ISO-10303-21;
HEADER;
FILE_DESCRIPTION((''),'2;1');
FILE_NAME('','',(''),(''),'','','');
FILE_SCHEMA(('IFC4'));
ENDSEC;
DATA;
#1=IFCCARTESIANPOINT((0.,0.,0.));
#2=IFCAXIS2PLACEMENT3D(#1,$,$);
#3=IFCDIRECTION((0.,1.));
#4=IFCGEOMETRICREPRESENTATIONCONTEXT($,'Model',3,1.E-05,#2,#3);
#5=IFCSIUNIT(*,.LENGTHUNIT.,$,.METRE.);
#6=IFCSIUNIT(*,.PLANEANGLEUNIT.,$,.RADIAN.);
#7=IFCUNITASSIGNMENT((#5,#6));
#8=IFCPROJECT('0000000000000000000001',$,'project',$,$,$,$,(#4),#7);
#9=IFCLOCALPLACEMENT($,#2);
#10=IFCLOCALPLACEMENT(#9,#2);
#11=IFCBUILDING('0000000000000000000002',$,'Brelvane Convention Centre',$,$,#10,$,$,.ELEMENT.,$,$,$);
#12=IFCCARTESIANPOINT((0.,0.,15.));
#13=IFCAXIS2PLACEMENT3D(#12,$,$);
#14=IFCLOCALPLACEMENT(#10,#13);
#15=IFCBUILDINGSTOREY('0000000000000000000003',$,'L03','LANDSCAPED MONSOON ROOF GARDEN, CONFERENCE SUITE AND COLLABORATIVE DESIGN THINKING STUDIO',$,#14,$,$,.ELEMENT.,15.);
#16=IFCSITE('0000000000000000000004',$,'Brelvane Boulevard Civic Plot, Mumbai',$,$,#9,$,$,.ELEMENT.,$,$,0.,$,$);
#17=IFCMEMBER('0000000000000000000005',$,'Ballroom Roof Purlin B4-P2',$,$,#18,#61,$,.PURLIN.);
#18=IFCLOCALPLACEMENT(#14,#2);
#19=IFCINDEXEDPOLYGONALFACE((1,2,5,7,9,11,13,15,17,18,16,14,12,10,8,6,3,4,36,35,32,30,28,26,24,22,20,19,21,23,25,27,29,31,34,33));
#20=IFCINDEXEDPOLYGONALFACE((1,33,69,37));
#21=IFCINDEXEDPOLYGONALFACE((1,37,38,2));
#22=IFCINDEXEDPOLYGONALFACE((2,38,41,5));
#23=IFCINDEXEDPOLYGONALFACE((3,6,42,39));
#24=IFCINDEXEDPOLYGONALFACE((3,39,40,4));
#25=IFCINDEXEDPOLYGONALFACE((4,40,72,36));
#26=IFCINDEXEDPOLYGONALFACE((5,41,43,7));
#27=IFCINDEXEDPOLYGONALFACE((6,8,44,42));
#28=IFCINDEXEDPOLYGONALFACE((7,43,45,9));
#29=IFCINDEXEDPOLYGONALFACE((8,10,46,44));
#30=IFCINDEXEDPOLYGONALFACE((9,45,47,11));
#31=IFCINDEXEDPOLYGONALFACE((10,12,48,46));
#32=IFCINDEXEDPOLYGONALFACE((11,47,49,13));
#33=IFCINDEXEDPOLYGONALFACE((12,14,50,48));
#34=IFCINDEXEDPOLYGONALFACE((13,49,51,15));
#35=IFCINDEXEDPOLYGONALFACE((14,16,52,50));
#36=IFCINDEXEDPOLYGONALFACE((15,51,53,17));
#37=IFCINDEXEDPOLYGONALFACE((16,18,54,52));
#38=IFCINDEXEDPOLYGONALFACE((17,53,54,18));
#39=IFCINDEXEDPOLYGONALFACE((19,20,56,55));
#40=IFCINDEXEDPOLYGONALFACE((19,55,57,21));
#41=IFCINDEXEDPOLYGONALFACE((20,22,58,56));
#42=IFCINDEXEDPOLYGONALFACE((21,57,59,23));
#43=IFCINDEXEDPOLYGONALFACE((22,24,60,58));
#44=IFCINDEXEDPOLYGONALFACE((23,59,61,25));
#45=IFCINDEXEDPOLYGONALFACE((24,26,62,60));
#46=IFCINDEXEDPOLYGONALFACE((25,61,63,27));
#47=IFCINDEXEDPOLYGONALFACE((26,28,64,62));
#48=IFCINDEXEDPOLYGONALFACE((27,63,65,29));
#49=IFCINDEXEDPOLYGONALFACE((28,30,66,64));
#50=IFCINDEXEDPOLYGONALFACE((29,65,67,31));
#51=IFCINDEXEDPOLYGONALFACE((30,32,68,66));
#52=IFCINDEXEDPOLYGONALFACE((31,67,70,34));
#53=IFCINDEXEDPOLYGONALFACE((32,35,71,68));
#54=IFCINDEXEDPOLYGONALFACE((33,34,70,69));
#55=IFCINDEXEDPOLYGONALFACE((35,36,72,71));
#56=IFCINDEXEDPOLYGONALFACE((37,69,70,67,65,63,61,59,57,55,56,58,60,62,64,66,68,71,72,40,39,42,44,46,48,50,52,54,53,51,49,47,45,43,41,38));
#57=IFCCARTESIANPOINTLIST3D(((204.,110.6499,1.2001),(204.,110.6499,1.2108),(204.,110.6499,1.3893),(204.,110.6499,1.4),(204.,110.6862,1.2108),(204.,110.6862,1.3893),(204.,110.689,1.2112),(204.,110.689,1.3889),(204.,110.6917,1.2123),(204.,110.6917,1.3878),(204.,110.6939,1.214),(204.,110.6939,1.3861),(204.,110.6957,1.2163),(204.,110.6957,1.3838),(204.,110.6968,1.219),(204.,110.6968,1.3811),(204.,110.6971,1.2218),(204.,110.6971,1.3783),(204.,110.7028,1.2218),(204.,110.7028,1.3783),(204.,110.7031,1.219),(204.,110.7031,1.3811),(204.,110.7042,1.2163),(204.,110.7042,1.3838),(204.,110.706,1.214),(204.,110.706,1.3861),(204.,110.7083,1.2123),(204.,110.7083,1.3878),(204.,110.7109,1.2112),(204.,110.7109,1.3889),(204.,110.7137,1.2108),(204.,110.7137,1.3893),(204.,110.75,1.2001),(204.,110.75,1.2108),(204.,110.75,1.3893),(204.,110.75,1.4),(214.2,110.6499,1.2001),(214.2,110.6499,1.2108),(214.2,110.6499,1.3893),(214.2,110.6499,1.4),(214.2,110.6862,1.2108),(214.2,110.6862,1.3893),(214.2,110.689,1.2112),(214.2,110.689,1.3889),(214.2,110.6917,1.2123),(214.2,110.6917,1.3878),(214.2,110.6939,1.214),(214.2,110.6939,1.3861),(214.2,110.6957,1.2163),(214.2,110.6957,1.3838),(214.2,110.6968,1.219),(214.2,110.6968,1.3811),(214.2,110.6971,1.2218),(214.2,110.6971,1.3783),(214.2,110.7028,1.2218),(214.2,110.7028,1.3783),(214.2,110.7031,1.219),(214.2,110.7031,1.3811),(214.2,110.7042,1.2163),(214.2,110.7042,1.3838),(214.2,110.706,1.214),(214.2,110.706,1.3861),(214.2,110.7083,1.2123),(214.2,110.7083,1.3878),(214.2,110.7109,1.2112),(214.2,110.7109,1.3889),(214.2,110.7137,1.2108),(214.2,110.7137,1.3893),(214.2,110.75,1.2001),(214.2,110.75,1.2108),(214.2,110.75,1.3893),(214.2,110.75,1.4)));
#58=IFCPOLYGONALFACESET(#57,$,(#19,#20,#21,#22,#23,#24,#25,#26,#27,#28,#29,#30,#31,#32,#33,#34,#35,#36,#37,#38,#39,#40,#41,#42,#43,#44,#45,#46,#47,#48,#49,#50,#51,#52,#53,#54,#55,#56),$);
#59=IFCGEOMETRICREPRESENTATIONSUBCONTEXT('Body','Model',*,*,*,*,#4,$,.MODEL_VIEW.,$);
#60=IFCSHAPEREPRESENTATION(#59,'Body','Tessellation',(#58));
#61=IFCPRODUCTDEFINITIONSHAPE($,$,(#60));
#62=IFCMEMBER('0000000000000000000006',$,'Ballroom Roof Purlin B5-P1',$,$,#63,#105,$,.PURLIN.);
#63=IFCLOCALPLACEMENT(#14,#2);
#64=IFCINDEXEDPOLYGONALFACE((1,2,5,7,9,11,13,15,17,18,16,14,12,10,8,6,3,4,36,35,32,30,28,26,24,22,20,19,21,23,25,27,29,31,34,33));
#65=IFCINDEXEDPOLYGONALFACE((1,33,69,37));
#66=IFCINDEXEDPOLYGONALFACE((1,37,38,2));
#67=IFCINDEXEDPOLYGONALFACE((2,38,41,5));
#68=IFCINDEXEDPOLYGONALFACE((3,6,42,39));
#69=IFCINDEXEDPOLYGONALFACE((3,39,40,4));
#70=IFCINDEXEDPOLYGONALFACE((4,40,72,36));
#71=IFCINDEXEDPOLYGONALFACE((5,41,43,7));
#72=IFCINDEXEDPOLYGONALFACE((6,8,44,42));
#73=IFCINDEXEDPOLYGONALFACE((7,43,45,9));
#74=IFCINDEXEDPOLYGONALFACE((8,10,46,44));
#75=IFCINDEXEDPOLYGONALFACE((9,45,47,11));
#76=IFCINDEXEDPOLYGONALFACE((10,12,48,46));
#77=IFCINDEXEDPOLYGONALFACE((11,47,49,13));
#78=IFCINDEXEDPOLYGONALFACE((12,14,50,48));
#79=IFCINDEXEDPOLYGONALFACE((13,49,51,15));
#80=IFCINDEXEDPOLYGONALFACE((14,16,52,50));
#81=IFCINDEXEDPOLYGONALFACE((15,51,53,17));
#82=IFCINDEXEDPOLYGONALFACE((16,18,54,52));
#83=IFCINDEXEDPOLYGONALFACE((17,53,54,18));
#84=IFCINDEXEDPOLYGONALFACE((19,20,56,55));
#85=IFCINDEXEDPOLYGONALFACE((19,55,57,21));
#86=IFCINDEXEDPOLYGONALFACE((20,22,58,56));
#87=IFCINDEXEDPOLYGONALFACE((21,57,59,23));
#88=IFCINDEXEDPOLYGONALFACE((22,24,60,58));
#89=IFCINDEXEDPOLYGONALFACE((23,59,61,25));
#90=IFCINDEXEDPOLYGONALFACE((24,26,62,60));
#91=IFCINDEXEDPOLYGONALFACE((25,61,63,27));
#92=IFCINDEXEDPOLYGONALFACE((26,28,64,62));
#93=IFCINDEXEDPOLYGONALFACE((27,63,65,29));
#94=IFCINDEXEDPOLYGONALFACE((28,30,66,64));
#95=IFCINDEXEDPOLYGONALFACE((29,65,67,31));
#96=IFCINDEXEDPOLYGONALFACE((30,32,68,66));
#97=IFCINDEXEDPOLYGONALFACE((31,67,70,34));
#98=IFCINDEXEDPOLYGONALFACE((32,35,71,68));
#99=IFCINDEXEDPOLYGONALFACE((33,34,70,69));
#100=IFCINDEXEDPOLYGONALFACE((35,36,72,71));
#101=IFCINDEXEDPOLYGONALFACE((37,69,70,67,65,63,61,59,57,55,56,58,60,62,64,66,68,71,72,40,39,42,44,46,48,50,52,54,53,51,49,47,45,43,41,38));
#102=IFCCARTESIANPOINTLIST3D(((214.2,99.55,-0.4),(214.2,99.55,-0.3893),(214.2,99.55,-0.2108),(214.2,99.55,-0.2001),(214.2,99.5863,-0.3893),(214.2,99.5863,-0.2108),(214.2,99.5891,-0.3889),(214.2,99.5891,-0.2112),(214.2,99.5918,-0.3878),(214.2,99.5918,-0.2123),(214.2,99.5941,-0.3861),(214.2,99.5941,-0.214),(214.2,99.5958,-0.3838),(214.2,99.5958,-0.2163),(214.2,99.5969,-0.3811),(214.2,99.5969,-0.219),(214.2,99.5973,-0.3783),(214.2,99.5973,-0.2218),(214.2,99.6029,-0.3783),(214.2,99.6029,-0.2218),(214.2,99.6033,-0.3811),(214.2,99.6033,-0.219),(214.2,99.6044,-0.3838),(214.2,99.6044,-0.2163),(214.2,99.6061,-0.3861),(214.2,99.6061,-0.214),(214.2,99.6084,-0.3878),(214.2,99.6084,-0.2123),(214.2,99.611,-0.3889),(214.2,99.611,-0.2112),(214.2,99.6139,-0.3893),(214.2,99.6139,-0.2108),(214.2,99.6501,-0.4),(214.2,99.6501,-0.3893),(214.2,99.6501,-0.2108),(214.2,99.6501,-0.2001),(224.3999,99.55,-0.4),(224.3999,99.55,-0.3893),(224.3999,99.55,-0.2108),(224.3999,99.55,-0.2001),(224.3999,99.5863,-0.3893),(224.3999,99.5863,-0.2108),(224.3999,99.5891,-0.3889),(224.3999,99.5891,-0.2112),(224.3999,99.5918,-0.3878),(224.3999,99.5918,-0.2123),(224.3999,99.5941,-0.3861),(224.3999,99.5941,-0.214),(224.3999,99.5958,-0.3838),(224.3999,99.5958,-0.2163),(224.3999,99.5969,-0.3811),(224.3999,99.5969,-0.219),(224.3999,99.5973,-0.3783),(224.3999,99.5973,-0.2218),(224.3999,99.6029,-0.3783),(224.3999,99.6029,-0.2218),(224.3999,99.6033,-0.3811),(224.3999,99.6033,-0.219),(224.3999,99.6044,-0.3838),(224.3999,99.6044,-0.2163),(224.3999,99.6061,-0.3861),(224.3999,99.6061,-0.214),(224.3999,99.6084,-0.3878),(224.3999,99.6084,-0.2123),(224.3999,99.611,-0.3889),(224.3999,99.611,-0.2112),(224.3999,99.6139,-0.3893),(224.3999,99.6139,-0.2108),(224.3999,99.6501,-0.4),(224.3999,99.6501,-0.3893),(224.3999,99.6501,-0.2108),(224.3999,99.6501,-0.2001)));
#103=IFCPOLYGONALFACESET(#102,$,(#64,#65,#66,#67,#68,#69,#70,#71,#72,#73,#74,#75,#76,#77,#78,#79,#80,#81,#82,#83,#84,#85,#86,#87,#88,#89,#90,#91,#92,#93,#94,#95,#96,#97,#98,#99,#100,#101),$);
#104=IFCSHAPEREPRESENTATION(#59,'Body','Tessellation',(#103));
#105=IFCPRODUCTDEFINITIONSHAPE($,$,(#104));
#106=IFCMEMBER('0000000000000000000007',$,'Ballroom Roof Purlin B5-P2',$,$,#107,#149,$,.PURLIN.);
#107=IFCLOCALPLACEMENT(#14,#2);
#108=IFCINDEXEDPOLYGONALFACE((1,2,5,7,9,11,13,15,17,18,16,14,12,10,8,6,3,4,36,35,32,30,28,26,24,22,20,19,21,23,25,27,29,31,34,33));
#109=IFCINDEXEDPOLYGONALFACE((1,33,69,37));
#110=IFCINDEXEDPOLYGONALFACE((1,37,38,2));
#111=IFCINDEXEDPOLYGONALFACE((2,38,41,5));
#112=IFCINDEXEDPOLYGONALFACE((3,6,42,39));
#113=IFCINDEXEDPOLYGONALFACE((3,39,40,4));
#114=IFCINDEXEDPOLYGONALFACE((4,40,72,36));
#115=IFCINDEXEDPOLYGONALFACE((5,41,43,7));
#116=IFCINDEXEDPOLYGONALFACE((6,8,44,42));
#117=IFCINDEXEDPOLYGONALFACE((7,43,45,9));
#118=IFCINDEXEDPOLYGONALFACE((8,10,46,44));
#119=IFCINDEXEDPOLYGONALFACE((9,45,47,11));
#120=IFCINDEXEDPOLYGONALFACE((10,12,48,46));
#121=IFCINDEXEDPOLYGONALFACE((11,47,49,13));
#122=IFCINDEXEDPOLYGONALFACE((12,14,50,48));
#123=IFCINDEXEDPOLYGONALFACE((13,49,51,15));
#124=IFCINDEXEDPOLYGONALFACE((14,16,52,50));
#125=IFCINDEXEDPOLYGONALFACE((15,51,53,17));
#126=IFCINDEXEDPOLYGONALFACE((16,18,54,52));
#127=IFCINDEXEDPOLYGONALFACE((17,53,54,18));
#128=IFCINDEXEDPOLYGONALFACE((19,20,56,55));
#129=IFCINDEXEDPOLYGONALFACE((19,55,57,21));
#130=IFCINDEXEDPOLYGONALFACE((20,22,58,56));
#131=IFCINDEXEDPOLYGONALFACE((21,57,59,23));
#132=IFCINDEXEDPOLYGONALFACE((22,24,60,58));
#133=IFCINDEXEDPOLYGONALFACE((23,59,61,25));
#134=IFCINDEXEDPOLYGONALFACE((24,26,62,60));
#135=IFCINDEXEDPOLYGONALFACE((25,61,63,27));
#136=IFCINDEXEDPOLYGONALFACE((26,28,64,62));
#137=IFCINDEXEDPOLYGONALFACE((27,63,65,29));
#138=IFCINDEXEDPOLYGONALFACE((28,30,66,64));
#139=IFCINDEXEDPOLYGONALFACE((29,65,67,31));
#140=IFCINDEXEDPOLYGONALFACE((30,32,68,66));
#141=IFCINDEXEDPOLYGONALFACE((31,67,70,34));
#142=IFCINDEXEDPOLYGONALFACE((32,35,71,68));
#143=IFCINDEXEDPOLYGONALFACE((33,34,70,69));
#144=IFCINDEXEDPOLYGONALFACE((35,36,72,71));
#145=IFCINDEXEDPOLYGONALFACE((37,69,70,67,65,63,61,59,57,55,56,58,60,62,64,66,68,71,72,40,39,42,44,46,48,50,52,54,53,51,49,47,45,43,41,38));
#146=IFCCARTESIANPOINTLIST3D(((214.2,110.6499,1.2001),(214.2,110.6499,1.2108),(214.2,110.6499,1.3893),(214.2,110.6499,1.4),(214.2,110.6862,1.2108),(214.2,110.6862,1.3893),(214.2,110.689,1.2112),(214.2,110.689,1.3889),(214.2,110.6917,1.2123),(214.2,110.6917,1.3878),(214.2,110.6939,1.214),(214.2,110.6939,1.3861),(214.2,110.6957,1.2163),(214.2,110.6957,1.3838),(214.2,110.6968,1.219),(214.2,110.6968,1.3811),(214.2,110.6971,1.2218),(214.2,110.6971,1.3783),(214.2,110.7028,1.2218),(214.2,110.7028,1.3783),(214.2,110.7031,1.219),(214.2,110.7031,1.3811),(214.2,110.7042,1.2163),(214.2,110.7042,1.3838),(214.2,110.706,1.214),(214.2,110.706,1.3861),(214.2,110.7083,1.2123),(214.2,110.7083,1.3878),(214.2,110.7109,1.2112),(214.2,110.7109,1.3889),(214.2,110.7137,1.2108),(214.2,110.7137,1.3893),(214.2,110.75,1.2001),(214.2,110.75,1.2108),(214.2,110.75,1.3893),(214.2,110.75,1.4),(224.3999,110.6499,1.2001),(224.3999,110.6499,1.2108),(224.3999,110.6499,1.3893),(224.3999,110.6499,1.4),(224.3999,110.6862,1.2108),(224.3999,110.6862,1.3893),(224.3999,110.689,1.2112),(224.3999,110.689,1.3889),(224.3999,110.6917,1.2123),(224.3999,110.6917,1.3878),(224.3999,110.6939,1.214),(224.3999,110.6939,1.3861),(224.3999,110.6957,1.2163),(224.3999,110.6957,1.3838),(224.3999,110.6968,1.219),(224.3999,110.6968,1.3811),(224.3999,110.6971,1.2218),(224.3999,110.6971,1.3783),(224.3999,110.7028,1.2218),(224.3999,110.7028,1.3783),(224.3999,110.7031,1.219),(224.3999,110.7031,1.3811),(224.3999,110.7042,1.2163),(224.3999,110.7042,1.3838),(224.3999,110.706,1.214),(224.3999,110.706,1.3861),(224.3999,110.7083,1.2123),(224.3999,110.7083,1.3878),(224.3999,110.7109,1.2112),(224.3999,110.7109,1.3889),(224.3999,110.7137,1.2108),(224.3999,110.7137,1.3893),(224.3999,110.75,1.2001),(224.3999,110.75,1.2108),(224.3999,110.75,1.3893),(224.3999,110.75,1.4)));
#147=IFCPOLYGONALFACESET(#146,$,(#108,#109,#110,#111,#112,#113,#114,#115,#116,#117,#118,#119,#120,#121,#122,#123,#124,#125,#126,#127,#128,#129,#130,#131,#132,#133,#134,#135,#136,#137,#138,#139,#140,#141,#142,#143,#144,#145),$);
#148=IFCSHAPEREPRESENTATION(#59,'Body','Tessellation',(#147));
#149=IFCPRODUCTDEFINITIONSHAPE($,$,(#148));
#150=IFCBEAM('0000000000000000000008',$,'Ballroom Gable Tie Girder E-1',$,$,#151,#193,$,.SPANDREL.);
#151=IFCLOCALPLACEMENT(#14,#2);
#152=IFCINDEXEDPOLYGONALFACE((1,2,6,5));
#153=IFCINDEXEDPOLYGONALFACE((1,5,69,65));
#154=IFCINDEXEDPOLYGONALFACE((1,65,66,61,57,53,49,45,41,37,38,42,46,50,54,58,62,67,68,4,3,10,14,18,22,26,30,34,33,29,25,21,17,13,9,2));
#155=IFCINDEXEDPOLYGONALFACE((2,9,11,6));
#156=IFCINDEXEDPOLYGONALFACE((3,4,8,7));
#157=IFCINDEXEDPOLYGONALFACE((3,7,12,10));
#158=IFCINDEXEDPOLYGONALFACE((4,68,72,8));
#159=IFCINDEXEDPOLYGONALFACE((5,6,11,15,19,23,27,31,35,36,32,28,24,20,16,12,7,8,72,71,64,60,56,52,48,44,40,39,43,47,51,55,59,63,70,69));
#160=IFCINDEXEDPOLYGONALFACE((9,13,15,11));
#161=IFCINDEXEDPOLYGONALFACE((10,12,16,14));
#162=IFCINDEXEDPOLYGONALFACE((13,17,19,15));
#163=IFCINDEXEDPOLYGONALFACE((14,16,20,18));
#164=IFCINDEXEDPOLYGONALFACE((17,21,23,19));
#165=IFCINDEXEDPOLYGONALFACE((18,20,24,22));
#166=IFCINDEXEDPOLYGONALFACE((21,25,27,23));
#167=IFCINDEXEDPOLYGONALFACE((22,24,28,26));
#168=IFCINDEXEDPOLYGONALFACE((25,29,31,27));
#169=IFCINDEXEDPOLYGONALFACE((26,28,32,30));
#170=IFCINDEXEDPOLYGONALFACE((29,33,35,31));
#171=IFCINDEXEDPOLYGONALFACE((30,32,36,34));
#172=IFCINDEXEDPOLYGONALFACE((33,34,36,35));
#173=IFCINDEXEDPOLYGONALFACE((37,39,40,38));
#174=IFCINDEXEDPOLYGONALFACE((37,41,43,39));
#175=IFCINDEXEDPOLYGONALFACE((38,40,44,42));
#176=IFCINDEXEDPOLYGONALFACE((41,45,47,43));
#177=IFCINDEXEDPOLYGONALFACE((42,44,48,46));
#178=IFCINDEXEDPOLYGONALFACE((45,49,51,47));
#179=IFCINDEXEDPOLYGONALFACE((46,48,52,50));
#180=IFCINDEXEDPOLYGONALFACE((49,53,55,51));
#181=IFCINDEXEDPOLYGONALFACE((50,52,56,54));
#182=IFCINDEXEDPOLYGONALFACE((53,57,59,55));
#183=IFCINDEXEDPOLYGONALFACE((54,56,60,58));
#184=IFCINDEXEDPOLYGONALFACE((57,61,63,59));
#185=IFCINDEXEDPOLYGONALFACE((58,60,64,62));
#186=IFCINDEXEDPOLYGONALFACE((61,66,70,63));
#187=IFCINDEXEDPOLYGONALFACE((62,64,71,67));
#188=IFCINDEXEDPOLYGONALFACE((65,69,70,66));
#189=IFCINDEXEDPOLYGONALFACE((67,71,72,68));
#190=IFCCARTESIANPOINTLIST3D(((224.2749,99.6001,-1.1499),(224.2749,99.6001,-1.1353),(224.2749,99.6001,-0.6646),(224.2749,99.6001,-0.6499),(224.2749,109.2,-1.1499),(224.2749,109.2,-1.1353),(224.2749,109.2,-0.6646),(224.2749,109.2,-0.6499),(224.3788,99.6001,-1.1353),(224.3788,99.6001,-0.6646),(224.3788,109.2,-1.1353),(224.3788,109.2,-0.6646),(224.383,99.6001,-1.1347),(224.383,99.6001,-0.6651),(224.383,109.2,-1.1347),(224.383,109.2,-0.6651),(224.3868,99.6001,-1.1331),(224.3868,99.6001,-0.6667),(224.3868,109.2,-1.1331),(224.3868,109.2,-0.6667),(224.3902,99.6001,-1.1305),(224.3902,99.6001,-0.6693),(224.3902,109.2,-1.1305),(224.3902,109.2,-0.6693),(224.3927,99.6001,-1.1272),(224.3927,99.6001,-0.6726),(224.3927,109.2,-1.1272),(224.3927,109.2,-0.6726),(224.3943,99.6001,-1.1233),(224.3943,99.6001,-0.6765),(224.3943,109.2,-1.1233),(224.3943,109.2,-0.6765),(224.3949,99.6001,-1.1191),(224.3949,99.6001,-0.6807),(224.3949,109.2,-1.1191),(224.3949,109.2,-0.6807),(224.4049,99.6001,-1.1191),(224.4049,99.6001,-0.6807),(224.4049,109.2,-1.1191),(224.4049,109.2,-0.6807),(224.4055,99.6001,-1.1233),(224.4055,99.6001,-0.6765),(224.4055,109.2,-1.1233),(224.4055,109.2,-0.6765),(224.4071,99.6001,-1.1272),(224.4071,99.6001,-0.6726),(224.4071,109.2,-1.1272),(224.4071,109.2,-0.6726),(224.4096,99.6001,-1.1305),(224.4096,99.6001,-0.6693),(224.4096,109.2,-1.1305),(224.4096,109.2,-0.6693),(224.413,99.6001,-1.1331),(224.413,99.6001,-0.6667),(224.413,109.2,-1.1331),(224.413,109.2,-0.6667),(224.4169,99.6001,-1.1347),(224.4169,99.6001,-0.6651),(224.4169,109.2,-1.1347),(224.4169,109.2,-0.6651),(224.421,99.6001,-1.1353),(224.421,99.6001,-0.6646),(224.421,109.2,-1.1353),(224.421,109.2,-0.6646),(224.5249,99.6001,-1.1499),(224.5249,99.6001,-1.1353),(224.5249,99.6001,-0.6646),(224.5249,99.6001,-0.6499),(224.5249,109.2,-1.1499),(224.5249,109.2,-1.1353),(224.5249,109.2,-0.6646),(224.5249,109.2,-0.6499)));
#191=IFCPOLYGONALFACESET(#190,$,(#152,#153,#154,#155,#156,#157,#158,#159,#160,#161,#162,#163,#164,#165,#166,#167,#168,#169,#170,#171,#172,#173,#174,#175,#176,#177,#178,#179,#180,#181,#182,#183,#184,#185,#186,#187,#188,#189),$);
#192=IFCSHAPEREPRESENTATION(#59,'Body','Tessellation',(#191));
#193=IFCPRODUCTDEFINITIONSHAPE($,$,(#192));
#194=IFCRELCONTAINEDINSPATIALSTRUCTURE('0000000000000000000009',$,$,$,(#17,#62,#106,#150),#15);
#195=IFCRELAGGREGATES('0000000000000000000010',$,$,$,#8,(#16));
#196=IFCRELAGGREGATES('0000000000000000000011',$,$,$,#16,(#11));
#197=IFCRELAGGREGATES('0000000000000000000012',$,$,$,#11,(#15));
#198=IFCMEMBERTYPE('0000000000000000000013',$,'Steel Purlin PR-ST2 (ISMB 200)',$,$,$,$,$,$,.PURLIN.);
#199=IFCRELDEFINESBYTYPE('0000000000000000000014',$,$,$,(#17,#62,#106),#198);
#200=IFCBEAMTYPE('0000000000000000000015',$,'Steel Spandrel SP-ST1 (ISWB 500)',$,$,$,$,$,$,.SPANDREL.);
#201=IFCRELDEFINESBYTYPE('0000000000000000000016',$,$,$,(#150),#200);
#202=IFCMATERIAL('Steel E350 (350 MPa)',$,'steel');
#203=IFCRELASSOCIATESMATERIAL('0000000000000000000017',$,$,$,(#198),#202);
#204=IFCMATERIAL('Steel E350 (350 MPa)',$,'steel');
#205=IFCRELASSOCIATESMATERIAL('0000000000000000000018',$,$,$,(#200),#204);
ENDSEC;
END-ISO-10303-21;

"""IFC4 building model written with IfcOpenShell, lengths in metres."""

from ifc_helpers import new_model, si_unit, direction, frame, origin, origin_2d, place, context, subcontext, project, spatial, i_section, extrude, material, material_profile, profile_set, type_object, element, save


model = new_model("IFC4")

# Units and contexts
model_context = context("Model", 3, precision=1e-05, world=origin(), true_north=direction((0.0, 1.0)))
body_context = subcontext(model_context, "Body", "Model", "MODEL_VIEW")
ifc_project = project(units=[si_unit("LENGTHUNIT", "METRE"), si_unit("PLANEANGLEUNIT", "RADIAN")], contexts=[model_context])

# Site, building, storey
site_placement = place(None, origin())
site = spatial("IfcSite", under=ifc_project, at=site_placement, Name="Brelvane Boulevard Civic Plot, Mumbai", CompositionType="ELEMENT", RefElevation=0.0)
building_placement = place(site_placement, origin())
building = spatial("IfcBuilding", under=site, at=building_placement, Name="Brelvane Convention Centre", CompositionType="ELEMENT")
storey_placement = place(building_placement, frame((0.0, 0.0, 15.0)))
storey = spatial("IfcBuildingStorey", under=building, at=storey_placement, Name="L03", Description="LANDSCAPED MONSOON ROOF GARDEN, CONFERENCE SUITE AND COLLABORATIVE DESIGN THINKING STUDIO", CompositionType="ELEMENT", Elevation=15.0)

# Members
ifc_material_1 = material(Name="Steel E350 (350 MPa)", Category="steel")
ifc_material_profile_1 = material_profile(ifc_material_1, i_section(OverallWidth=0.1001, OverallDepth=0.2, WebThickness=0.0056, FlangeThickness=0.0107, FilletRadius=0.011, at=origin_2d()), Name="ISMB 200")
ifc_profile_set_1 = profile_set([ifc_material_profile_1], Name="Steel E350 (350 MPa)")
member_type_1 = type_object("IfcMemberType", Name="Steel Purlin PR-ST2 (ISMB 200)", PredefinedType="PURLIN", material=ifc_profile_set_1)
for number, where, z_axis, x_axis, name in (
    (1, (204.0, 110.7, 1.3), (1.0, 0.0, 0.0), (0.0, 1.0, 0.0), "Ballroom Roof Purlin B4-P2"),
    (2, (214.2, 99.6001, -0.3), (1.0, 0.0, 0.0), (0.0, 1.0, 0.0), "Ballroom Roof Purlin B5-P1"),
    (3, (214.2, 110.7, 1.3), (1.0, 0.0, 0.0), (0.0, 1.0, 0.0), "Ballroom Roof Purlin B5-P2"),
):
    element("IfcMember", number, at=place(storey_placement, frame(where, z_axis=z_axis, x_axis=x_axis)), inside=storey, type_object=member_type_1, Name=name, PredefinedType="PURLIN", context=body_context, shape_type="SweptSolid", body=[
        extrude(i_section(OverallWidth=0.1001, OverallDepth=0.2, WebThickness=0.0056, FlangeThickness=0.0107, FilletRadius=0.011, at=origin_2d()), origin(), (0.0, 0.0, 1.0), 10.2),
    ])

# Beam
ifc_material_2 = material(Name="Steel E350 (350 MPa)", Category="steel")
ifc_material_profile_2 = material_profile(ifc_material_2, i_section(OverallWidth=0.25, OverallDepth=0.5, WebThickness=0.01, FlangeThickness=0.0146, FilletRadius=0.0161, at=origin_2d()), Name="ISWB 500")
ifc_profile_set_2 = profile_set([ifc_material_profile_2], Name="Steel E350 (350 MPa)")
beam_type = type_object("IfcBeamType", Name="Steel Spandrel SP-ST1 (ISWB 500)", PredefinedType="SPANDREL", material=ifc_profile_set_2)
beam_1_placement = place(storey_placement, frame((224.3999, 99.6001, -0.8999), z_axis=(0.0, 1.0, 0.0), x_axis=(-1.0, 0.0, 0.0)))
element("IfcBeam", 4, at=beam_1_placement, inside=storey, type_object=beam_type, Name="Ballroom Gable Tie Girder E-1", PredefinedType="SPANDREL", context=body_context, shape_type="SweptSolid", body=[
    extrude(i_section(OverallWidth=0.25, OverallDepth=0.5, WebThickness=0.01, FlangeThickness=0.0146, FilletRadius=0.0161, at=origin_2d()), origin(), (0.0, 0.0, 1.0), 9.5999),
])

save(model, "model.ifc")
